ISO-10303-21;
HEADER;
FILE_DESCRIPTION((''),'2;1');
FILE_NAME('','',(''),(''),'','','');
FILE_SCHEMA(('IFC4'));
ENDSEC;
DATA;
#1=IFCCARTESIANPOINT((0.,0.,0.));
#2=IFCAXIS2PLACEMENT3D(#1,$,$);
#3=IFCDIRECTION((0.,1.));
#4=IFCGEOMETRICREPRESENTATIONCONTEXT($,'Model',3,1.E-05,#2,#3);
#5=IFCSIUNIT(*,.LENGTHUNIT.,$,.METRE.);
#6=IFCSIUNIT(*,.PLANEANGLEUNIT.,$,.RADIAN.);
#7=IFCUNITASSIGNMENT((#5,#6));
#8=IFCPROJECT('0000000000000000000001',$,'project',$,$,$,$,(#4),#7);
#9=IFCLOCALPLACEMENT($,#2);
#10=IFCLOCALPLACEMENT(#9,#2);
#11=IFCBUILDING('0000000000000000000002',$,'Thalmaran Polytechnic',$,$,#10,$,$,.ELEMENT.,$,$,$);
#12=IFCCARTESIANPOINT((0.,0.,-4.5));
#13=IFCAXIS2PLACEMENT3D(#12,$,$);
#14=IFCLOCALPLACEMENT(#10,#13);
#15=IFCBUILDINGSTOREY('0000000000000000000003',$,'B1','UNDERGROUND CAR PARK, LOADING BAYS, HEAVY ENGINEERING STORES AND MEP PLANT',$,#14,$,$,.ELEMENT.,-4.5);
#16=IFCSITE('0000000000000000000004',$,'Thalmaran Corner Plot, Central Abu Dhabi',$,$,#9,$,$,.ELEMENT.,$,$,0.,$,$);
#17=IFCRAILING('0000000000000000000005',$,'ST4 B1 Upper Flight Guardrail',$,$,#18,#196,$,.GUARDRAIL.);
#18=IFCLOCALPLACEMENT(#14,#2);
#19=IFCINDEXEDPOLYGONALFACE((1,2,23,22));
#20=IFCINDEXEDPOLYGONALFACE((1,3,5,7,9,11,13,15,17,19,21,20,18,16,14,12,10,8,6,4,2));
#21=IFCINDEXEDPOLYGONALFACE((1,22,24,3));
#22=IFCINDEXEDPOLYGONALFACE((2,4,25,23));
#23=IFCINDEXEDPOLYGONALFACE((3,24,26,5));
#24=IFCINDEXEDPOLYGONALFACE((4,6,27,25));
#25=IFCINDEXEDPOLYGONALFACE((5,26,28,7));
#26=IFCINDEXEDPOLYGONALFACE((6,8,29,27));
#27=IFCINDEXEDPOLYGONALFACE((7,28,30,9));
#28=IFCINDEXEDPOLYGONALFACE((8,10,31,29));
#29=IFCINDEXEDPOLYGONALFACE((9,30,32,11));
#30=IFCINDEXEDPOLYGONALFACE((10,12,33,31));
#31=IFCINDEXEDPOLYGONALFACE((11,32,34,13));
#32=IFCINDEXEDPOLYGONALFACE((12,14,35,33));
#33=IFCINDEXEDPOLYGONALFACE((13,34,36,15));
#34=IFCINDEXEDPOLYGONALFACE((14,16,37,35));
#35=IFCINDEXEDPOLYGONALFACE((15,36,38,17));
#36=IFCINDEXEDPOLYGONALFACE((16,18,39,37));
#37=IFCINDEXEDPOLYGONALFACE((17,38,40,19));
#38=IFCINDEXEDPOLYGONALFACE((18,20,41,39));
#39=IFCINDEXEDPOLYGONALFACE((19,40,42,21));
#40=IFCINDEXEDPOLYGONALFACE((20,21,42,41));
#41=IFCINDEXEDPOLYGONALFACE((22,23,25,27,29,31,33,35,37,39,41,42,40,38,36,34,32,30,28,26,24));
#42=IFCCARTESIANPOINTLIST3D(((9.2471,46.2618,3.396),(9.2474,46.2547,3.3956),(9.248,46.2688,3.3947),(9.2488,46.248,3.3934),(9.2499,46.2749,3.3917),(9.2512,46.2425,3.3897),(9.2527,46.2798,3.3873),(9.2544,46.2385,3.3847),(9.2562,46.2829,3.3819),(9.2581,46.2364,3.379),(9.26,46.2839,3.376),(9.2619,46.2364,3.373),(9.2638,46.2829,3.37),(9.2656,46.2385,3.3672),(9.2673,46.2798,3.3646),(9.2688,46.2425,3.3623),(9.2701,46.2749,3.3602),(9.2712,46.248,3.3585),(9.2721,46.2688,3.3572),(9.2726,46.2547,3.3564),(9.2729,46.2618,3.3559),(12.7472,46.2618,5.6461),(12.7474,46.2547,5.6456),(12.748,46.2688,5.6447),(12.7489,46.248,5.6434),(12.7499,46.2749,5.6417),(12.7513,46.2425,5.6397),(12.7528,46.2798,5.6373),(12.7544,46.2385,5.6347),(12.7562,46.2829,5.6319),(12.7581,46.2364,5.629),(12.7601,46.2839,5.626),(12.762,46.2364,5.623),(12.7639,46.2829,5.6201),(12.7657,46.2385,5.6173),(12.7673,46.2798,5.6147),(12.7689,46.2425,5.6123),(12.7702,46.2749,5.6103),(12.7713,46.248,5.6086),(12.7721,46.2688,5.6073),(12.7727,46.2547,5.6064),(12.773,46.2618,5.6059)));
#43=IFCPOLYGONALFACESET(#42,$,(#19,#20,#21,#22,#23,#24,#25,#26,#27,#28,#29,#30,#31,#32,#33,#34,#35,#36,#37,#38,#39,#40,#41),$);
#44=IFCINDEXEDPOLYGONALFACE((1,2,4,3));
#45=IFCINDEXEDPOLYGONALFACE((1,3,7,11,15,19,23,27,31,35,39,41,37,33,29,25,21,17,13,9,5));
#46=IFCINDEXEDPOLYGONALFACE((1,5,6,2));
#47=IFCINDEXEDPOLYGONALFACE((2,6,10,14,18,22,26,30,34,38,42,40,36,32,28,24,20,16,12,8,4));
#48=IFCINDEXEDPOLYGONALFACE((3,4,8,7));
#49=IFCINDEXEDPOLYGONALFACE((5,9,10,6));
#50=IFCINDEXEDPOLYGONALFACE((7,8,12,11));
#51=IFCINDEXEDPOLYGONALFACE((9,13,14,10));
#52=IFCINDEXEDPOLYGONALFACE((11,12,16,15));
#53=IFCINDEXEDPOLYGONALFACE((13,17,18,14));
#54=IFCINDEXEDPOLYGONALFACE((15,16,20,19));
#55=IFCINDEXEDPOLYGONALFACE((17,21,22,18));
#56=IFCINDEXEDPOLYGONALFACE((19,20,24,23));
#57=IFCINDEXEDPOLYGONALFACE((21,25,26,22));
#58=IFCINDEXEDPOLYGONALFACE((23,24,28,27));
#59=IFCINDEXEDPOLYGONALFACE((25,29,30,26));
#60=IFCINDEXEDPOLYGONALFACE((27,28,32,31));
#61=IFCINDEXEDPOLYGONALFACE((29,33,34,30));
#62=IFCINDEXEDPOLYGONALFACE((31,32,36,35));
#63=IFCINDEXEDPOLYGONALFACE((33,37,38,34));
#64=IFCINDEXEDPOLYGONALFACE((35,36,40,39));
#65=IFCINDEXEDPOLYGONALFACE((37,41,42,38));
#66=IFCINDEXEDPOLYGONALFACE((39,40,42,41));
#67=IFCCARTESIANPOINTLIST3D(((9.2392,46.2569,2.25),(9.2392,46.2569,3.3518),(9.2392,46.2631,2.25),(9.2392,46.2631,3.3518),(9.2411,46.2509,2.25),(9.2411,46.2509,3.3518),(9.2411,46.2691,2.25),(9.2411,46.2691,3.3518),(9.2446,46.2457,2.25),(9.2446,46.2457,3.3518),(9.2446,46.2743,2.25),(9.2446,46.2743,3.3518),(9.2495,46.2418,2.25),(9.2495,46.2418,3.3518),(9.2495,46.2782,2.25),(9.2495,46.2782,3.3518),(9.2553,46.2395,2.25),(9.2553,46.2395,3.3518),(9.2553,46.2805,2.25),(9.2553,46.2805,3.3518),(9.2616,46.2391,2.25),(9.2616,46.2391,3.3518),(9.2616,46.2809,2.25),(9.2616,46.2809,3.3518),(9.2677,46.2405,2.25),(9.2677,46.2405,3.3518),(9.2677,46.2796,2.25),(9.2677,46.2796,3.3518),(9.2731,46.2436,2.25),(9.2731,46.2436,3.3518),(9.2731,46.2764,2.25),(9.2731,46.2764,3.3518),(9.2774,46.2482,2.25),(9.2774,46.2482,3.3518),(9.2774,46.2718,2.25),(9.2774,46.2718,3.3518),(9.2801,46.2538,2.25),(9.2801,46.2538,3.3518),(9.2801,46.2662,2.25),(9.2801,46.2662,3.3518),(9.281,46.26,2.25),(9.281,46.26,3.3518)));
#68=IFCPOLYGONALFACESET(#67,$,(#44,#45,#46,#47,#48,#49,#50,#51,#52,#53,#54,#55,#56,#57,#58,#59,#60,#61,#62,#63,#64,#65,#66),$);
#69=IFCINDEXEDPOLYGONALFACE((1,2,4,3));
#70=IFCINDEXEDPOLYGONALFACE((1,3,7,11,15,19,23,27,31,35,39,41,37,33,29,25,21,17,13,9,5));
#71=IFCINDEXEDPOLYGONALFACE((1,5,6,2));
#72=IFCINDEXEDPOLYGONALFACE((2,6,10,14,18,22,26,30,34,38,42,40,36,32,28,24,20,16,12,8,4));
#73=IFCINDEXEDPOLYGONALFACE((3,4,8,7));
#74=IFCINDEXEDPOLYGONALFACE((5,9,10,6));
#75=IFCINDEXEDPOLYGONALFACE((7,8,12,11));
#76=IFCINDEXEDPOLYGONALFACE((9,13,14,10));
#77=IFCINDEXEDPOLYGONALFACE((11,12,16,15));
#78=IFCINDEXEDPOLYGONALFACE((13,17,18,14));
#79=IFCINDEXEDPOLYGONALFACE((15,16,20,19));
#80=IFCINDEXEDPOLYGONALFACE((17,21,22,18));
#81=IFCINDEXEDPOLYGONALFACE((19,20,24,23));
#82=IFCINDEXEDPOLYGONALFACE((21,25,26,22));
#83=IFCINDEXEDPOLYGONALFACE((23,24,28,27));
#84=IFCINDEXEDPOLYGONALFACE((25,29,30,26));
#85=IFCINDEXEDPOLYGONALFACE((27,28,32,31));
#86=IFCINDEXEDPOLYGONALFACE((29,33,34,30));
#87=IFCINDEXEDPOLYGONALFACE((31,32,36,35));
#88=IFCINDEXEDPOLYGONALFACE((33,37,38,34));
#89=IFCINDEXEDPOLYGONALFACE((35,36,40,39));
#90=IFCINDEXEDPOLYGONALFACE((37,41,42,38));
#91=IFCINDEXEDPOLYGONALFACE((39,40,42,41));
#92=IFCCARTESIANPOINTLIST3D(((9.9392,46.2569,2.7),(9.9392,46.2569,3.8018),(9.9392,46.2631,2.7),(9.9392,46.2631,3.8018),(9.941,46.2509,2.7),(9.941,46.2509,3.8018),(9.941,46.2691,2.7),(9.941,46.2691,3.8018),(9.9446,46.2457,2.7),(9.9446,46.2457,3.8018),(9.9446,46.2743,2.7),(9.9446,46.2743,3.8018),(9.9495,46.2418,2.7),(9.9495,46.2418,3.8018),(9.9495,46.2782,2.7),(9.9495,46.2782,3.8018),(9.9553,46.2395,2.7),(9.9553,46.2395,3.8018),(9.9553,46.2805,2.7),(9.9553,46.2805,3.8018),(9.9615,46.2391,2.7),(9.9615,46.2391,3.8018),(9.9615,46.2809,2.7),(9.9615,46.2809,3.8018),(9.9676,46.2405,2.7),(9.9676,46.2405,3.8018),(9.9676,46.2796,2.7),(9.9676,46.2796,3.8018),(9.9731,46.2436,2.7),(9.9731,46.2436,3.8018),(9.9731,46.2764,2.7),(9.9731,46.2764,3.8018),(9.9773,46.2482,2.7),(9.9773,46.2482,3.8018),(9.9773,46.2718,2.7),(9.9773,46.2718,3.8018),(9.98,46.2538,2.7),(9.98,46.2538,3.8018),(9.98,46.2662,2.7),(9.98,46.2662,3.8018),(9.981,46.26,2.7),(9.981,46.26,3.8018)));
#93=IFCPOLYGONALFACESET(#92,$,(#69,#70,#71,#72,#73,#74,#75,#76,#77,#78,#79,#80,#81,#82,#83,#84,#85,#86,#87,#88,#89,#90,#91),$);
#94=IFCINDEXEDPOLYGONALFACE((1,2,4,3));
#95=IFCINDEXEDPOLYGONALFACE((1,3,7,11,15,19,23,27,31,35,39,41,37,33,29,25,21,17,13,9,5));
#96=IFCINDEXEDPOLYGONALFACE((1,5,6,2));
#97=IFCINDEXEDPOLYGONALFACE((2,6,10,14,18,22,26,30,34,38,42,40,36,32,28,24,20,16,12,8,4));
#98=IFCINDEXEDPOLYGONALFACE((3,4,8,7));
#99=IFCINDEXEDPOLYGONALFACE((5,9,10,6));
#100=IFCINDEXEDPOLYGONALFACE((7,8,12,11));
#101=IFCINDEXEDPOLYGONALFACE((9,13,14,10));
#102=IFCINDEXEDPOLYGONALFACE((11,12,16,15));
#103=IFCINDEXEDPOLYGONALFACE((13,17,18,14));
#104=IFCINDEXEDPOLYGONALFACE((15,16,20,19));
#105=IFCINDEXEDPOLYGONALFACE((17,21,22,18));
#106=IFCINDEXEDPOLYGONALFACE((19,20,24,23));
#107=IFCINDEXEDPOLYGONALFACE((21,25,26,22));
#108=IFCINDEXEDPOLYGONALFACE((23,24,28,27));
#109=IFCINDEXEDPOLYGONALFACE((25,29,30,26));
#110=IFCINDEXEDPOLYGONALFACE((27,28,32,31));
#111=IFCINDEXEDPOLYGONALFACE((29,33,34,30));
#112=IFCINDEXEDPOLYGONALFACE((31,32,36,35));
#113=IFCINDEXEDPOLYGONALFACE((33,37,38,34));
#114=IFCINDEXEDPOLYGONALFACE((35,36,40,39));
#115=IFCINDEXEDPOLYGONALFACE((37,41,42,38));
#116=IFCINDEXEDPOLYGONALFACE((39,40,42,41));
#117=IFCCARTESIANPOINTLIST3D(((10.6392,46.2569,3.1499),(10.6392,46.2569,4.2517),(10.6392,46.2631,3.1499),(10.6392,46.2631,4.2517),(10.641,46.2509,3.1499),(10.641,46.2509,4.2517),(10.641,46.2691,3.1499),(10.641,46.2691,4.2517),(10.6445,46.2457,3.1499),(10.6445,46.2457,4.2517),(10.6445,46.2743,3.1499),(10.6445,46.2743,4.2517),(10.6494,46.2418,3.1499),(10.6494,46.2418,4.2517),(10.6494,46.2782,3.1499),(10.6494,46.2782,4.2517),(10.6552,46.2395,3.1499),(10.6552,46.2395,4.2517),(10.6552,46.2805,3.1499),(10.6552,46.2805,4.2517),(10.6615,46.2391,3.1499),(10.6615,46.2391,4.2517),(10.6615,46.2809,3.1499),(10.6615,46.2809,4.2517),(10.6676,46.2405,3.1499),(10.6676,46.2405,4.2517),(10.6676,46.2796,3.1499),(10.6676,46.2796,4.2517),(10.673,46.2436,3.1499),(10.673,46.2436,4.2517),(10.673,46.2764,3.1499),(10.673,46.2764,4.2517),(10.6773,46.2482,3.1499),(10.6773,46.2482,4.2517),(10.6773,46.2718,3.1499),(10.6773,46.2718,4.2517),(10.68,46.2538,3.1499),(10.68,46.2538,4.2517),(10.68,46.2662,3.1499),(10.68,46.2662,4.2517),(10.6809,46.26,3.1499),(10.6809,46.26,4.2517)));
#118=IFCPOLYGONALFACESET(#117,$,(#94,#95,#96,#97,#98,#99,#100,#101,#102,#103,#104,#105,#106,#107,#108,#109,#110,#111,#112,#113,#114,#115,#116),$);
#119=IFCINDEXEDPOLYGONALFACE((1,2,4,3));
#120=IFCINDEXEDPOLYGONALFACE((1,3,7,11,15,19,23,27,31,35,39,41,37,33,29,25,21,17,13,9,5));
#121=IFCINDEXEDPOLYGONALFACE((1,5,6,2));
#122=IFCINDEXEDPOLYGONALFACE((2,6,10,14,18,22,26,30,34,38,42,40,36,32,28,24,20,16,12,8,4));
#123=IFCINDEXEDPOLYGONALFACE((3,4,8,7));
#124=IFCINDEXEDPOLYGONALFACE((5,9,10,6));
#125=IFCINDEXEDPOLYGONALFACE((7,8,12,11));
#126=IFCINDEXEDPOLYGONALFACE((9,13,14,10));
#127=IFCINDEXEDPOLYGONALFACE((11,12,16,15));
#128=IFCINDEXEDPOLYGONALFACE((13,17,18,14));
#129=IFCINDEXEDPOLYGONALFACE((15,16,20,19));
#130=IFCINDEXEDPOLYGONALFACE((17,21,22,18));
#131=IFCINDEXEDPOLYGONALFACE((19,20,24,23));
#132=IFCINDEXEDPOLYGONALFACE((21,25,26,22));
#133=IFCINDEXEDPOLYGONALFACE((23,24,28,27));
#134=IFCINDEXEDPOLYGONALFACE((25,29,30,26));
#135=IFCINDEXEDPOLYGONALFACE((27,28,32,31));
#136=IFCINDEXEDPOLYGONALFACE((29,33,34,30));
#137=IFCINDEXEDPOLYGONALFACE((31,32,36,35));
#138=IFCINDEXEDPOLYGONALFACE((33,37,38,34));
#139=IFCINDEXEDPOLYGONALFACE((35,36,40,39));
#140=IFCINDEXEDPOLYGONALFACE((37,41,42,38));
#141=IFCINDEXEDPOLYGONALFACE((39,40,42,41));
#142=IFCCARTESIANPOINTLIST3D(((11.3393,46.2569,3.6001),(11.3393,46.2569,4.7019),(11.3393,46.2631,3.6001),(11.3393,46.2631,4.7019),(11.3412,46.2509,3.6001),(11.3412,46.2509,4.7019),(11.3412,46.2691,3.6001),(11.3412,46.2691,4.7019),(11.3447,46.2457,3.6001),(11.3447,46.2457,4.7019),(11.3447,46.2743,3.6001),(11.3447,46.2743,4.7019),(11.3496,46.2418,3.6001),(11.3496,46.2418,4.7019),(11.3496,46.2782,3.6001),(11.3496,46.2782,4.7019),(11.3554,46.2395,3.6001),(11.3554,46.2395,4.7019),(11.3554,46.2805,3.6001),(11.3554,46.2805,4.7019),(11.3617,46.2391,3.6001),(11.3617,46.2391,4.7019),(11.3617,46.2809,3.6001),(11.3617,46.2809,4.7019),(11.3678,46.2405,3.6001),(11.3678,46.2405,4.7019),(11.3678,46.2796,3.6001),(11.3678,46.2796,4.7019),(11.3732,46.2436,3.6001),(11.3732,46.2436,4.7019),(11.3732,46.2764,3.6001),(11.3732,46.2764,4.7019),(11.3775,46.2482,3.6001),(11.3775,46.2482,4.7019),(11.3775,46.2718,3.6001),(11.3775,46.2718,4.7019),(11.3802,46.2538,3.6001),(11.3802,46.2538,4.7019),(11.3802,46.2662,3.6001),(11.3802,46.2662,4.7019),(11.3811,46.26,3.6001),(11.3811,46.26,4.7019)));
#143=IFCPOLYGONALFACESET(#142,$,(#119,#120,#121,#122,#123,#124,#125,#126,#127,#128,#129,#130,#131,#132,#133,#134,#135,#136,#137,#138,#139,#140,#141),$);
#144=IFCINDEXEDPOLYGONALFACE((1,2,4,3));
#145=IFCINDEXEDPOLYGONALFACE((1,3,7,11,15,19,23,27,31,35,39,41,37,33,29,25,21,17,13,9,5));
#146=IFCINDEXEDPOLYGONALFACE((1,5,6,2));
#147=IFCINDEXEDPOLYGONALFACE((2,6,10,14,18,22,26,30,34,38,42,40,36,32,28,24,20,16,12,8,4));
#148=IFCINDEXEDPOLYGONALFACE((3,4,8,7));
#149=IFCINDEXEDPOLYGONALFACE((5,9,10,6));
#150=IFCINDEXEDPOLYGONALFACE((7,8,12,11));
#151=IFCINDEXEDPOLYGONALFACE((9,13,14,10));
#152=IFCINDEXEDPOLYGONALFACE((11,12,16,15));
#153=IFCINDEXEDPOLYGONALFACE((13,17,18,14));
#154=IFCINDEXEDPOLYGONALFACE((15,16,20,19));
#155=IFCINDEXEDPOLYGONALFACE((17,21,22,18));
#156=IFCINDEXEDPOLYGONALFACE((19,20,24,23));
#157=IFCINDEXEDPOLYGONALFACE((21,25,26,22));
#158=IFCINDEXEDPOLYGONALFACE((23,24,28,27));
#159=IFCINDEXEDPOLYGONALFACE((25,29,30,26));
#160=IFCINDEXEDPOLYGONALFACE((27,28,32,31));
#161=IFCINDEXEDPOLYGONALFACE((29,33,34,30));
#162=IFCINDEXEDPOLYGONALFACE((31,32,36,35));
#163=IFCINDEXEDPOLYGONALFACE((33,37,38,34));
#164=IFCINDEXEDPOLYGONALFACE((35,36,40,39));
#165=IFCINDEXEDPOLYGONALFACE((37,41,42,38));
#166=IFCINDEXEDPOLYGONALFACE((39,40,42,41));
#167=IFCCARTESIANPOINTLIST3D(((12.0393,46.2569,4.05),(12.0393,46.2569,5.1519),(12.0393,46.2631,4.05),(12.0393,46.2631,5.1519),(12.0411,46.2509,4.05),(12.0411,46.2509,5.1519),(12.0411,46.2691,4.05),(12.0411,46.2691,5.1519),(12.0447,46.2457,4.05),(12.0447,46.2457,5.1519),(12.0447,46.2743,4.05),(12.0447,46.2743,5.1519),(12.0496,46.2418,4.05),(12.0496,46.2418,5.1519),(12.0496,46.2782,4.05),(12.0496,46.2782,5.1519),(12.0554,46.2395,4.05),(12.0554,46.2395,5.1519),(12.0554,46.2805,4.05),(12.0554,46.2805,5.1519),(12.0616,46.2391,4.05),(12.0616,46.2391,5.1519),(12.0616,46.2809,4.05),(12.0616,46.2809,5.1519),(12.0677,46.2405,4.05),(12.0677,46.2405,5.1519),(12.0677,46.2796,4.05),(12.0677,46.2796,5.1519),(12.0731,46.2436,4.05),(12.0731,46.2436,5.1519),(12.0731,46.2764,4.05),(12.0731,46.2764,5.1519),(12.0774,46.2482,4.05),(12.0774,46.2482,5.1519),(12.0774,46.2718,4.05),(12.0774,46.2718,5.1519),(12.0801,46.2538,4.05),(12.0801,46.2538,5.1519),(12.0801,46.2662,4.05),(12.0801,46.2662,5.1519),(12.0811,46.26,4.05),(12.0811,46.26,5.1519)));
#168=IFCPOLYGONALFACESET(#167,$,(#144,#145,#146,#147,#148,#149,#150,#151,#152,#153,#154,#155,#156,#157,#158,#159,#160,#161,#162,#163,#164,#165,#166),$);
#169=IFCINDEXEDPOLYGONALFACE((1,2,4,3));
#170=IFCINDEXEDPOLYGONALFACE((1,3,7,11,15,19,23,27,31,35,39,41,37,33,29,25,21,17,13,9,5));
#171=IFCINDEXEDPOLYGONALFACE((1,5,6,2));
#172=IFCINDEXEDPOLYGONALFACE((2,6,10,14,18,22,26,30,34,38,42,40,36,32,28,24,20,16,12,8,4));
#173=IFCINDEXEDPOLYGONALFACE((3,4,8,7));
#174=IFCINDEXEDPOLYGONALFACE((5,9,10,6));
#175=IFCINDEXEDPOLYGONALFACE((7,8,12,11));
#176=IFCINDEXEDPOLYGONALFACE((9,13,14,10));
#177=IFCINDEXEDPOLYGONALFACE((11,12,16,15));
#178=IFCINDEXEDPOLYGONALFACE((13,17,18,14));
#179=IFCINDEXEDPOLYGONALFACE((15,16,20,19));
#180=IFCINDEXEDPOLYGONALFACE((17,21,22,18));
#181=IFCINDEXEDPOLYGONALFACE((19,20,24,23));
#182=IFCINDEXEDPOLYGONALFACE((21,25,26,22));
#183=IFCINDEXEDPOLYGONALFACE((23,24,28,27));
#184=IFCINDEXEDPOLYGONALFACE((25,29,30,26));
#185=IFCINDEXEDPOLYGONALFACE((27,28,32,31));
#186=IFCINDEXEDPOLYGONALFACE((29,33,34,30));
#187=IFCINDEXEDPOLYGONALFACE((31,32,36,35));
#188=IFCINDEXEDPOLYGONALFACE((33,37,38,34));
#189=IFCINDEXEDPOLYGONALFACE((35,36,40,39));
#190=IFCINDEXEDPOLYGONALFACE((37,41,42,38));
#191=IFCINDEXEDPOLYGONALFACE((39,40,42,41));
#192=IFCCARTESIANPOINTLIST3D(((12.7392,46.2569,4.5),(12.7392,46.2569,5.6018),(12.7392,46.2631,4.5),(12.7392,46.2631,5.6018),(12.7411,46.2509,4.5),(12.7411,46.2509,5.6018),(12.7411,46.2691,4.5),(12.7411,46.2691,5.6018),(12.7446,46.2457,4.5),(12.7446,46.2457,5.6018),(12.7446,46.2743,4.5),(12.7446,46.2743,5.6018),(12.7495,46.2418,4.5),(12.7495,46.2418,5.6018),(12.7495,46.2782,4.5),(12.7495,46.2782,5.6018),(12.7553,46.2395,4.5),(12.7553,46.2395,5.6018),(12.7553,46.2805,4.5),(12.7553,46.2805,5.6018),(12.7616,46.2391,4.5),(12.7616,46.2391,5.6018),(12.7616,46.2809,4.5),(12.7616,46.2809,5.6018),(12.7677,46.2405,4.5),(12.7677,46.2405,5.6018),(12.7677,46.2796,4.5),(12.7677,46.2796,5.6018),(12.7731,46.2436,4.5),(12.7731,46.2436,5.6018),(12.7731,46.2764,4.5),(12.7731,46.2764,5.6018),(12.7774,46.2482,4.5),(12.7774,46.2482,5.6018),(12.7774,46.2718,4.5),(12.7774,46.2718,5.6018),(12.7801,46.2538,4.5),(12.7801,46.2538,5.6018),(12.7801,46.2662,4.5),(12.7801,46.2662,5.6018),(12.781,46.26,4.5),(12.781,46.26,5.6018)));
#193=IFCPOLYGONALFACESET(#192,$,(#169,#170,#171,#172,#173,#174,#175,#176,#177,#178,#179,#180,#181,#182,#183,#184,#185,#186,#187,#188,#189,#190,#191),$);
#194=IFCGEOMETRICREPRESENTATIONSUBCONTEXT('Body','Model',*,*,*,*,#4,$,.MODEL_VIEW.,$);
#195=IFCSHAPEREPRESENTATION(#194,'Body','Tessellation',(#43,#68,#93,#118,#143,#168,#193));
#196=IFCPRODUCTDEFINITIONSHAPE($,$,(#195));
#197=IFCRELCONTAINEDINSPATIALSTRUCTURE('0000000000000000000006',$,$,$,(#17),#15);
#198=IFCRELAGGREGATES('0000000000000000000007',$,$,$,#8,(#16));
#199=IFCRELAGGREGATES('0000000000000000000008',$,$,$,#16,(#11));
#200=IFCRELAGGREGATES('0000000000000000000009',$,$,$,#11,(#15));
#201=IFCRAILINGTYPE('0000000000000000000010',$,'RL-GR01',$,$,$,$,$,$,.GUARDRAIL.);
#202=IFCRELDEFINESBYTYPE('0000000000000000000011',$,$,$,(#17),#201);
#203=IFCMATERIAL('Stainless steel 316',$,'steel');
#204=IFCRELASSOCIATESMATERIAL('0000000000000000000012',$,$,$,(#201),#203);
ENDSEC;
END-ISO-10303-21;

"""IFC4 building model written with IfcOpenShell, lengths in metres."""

from ifc_helpers import new_model, si_unit, direction, frame, origin, origin_2d, place, context, subcontext, project, spatial, circle, extrude, material, type_object, element, save


model = new_model("IFC4")

# Units and contexts
model_context = context("Model", 3, precision=1e-05, world=origin(), true_north=direction((0.0, 1.0)))
body_context = subcontext(model_context, "Body", "Model", "MODEL_VIEW")
ifc_project = project(units=[si_unit("LENGTHUNIT", "METRE"), si_unit("PLANEANGLEUNIT", "RADIAN")], contexts=[model_context])

# Site, building, storey
site_placement = place(None, origin())
site = spatial("IfcSite", under=ifc_project, at=site_placement, Name="Thalmaran Corner Plot, Central Abu Dhabi", CompositionType="ELEMENT", RefElevation=0.0)
building_placement = place(site_placement, origin())
building = spatial("IfcBuilding", under=site, at=building_placement, Name="Thalmaran Polytechnic", CompositionType="ELEMENT")
storey_placement = place(building_placement, frame((0.0, 0.0, -4.5)))
storey = spatial("IfcBuildingStorey", under=building, at=storey_placement, Name="B1", Description="UNDERGROUND CAR PARK, LOADING BAYS, HEAVY ENGINEERING STORES AND MEP PLANT", CompositionType="ELEMENT", Elevation=-4.5)

# Railing
ifc_material_1 = material(Name="Stainless steel 316", Category="steel")
railing_type_1 = type_object("IfcRailingType", Name="RL-GR01", PredefinedType="GUARDRAIL", material=ifc_material_1)
railing_1_placement = place(storey_placement, frame((9.26, 46.26, 2.25)))
element("IfcRailing", 1, at=railing_1_placement, inside=storey, type_object=railing_type_1, Name="ST4 B1 Upper Flight Guardrail", PredefinedType="GUARDRAIL", context=body_context, shape_type="SweptSolid", body=[
    extrude(circle(Radius=0.0239, at=origin_2d()), frame((0.0, 0.0, 1.126), z_axis=(0.841178, 0.0, 0.540758), x_axis=(0.0, 1.0, 0.0)), (0.0, 0.0, 1.0), 4.1609),
    extrude(circle(Radius=0.021, at=origin_2d()), origin(), (0.0, 0.0, 1.0), 1.1018),
    extrude(circle(Radius=0.021, at=origin_2d()), frame((0.7, 0.0, 0.45)), (0.0, 0.0, 1.0), 1.1018),
    extrude(circle(Radius=0.021, at=origin_2d()), frame((1.3999, 0.0, 0.8999)), (0.0, 0.0, 1.0), 1.1018),
    extrude(circle(Radius=0.021, at=origin_2d()), frame((2.1001, 0.0, 1.3501)), (0.0, 0.0, 1.0), 1.1018),
    extrude(circle(Radius=0.021, at=origin_2d()), frame((2.8, 0.0, 1.8)), (0.0, 0.0, 1.0), 1.1018),
    extrude(circle(Radius=0.021, at=origin_2d()), frame((3.5, 0.0, 2.25)), (0.0, 0.0, 1.0), 1.1018),
])

save(model, "model.ifc")
